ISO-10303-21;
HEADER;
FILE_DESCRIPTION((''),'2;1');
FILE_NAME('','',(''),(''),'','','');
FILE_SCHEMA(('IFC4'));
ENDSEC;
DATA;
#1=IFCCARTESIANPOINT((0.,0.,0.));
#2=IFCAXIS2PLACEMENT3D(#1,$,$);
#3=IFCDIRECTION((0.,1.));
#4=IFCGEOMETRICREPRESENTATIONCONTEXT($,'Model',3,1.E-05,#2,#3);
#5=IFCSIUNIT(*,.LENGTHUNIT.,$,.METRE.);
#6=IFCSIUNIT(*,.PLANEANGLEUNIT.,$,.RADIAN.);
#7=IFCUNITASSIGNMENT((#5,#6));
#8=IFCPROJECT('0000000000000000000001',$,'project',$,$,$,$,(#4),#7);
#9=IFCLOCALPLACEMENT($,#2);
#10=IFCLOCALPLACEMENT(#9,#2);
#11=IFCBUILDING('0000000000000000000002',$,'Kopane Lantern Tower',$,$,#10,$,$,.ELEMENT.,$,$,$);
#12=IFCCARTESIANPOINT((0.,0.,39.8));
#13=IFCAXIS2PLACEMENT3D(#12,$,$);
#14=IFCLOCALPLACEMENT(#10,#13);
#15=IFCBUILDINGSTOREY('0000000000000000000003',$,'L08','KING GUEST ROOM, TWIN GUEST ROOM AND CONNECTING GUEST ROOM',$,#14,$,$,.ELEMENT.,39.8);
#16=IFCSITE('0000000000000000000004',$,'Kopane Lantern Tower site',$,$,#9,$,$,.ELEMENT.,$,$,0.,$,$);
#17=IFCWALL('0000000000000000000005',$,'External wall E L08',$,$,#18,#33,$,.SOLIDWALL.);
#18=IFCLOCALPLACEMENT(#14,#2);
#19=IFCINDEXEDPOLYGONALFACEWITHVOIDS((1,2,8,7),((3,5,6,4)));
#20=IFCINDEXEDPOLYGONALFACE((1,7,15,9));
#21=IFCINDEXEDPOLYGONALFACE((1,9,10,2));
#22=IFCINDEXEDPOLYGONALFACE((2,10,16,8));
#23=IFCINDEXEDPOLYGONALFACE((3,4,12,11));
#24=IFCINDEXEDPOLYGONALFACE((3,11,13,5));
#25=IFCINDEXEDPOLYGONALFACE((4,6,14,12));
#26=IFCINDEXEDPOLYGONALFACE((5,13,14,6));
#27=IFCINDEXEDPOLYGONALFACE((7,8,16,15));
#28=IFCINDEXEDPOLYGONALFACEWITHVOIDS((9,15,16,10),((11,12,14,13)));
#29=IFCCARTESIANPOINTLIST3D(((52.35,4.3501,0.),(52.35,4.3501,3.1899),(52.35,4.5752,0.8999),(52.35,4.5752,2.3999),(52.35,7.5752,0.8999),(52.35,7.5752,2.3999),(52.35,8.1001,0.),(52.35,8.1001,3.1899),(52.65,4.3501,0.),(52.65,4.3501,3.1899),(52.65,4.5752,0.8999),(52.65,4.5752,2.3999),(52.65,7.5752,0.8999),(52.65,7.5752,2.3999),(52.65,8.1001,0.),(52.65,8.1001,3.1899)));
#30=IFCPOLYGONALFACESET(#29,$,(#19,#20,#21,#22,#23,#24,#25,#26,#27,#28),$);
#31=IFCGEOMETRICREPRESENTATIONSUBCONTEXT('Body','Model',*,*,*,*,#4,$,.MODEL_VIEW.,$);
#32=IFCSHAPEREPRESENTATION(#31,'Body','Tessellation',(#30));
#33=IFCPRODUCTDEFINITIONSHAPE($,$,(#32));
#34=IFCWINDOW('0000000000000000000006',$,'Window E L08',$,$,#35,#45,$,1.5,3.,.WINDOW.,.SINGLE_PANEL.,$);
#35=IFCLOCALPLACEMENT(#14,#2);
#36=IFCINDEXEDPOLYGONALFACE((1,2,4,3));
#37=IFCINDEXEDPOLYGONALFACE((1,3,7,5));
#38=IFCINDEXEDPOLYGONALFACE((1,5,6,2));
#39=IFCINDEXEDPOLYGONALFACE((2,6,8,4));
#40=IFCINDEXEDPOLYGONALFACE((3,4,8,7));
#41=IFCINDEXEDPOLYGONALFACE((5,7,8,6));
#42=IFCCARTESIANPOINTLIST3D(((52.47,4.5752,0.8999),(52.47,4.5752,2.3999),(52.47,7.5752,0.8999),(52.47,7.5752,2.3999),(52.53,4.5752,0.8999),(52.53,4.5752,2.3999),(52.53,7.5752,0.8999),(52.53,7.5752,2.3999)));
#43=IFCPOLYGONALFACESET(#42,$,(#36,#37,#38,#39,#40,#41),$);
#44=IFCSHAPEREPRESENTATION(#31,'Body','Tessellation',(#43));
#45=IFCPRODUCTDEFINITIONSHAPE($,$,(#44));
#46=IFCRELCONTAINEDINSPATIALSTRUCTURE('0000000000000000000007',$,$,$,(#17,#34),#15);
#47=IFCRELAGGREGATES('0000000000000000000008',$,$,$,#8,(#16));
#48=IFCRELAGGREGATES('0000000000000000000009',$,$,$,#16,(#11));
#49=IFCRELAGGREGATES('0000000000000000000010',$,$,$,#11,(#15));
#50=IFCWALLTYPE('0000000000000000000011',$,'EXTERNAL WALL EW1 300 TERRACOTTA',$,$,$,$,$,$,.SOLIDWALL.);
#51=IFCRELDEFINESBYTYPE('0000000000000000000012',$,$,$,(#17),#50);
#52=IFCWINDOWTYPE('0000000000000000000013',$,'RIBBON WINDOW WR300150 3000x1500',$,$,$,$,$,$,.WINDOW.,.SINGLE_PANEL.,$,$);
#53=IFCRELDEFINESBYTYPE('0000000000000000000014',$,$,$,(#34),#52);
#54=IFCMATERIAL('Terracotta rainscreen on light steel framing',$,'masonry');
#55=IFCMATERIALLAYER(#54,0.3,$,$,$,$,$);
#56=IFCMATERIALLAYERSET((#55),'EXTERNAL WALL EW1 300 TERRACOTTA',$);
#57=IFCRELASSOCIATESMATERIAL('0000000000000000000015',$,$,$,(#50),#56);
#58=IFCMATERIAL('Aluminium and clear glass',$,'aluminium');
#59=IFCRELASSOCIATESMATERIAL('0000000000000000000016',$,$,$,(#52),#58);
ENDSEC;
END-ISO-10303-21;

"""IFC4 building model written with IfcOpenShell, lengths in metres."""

from ifc_helpers import new_model, si_unit, direction, frame, frame_2d, origin, place, context, subcontext, project, spatial, rectangle, extrude, material, layer, layer_set, type_object, element, fill, save


model = new_model("IFC4")

# Units and contexts
model_context = context("Model", 3, precision=1e-05, world=origin(), true_north=direction((0.0, 1.0)))
body_context = subcontext(model_context, "Body", "Model", "MODEL_VIEW")
ifc_project = project(units=[si_unit("LENGTHUNIT", "METRE"), si_unit("PLANEANGLEUNIT", "RADIAN")], contexts=[model_context])

# Site, building, storey
site_placement = place(None, origin())
site = spatial("IfcSite", under=ifc_project, at=site_placement, Name="Kopane Lantern Tower site", CompositionType="ELEMENT", RefElevation=0.0)
building_placement = place(site_placement, origin())
building = spatial("IfcBuilding", under=site, at=building_placement, Name="Kopane Lantern Tower", CompositionType="ELEMENT")
storey_placement = place(building_placement, frame((0.0, 0.0, 39.8)))
storey = spatial("IfcBuildingStorey", under=building, at=storey_placement, Name="L08", Description="KING GUEST ROOM, TWIN GUEST ROOM AND CONNECTING GUEST ROOM", CompositionType="ELEMENT", Elevation=39.8)

# Wall, opening, window
ifc_material_1 = material(Name="Terracotta rainscreen on light steel framing", Category="masonry")
ifc_layer_1 = layer(ifc_material_1, 0.3)
ifc_layer_set_1 = layer_set([ifc_layer_1], Name="EXTERNAL WALL EW1 300 TERRACOTTA")
wall_type_1 = type_object("IfcWallType", Name="EXTERNAL WALL EW1 300 TERRACOTTA", PredefinedType="SOLIDWALL", material=ifc_layer_set_1)
ifc_material_2 = material(Name="Aluminium and clear glass", Category="aluminium")
window_type = type_object("IfcWindowType", Name="RIBBON WINDOW WR300150 3000x1500", PartitioningType="SINGLE_PANEL", PredefinedType="WINDOW", material=ifc_material_2)
wall_1_placement = place(storey_placement, frame((52.5, 4.3501, 0.0), z_axis=(0.0, 0.0, 1.0), x_axis=(0.0, 1.0, 0.0)))
wall_1 = element("IfcWall", 1, at=wall_1_placement, inside=storey, type_object=wall_type_1, Name="External wall E L08", PredefinedType="SOLIDWALL", context=body_context, shape_type="SweptSolid", body=[
    extrude(rectangle(XDim=3.75, YDim=0.3, at=frame_2d((1.875, 0.0))), origin(), (0.0, 0.0, 1.0), 3.1899),
])
opening_1_placement = place(wall_1_placement, frame((0.2251, 0.0, 0.8999)))
opening_1 = element("IfcOpeningElement", 2, at=opening_1_placement, cuts=wall_1, PredefinedType="OPENING", context=body_context, shape_type="SweptSolid", body=[
    extrude(rectangle(XDim=3.0, YDim=1.5, at=frame_2d((1.5, 0.75))), frame((0.0, 0.1599, 0.0), z_axis=(0.0, -1.0, 0.0), x_axis=(1.0, 0.0, 0.0)), (0.0, 0.0, 1.0), 0.3201),
])
window_1_placement = place(opening_1_placement, origin())
window_1 = element("IfcWindow", 3, at=window_1_placement, inside=storey, type_object=window_type, Name="Window E L08", OverallHeight=1.5, OverallWidth=3.0, PartitioningType="SINGLE_PANEL", PredefinedType="WINDOW", context=body_context, shape_type="SweptSolid", body=[
    extrude(rectangle(XDim=3.0, YDim=1.5, at=frame_2d((1.5, 0.75))), frame((0.0, 0.03, 0.0), z_axis=(0.0, -1.0, 0.0), x_axis=(1.0, 0.0, 0.0)), (0.0, 0.0, 1.0), 0.0601),
])
fill(opening_1, window_1)

save(model, "model.ifc")
